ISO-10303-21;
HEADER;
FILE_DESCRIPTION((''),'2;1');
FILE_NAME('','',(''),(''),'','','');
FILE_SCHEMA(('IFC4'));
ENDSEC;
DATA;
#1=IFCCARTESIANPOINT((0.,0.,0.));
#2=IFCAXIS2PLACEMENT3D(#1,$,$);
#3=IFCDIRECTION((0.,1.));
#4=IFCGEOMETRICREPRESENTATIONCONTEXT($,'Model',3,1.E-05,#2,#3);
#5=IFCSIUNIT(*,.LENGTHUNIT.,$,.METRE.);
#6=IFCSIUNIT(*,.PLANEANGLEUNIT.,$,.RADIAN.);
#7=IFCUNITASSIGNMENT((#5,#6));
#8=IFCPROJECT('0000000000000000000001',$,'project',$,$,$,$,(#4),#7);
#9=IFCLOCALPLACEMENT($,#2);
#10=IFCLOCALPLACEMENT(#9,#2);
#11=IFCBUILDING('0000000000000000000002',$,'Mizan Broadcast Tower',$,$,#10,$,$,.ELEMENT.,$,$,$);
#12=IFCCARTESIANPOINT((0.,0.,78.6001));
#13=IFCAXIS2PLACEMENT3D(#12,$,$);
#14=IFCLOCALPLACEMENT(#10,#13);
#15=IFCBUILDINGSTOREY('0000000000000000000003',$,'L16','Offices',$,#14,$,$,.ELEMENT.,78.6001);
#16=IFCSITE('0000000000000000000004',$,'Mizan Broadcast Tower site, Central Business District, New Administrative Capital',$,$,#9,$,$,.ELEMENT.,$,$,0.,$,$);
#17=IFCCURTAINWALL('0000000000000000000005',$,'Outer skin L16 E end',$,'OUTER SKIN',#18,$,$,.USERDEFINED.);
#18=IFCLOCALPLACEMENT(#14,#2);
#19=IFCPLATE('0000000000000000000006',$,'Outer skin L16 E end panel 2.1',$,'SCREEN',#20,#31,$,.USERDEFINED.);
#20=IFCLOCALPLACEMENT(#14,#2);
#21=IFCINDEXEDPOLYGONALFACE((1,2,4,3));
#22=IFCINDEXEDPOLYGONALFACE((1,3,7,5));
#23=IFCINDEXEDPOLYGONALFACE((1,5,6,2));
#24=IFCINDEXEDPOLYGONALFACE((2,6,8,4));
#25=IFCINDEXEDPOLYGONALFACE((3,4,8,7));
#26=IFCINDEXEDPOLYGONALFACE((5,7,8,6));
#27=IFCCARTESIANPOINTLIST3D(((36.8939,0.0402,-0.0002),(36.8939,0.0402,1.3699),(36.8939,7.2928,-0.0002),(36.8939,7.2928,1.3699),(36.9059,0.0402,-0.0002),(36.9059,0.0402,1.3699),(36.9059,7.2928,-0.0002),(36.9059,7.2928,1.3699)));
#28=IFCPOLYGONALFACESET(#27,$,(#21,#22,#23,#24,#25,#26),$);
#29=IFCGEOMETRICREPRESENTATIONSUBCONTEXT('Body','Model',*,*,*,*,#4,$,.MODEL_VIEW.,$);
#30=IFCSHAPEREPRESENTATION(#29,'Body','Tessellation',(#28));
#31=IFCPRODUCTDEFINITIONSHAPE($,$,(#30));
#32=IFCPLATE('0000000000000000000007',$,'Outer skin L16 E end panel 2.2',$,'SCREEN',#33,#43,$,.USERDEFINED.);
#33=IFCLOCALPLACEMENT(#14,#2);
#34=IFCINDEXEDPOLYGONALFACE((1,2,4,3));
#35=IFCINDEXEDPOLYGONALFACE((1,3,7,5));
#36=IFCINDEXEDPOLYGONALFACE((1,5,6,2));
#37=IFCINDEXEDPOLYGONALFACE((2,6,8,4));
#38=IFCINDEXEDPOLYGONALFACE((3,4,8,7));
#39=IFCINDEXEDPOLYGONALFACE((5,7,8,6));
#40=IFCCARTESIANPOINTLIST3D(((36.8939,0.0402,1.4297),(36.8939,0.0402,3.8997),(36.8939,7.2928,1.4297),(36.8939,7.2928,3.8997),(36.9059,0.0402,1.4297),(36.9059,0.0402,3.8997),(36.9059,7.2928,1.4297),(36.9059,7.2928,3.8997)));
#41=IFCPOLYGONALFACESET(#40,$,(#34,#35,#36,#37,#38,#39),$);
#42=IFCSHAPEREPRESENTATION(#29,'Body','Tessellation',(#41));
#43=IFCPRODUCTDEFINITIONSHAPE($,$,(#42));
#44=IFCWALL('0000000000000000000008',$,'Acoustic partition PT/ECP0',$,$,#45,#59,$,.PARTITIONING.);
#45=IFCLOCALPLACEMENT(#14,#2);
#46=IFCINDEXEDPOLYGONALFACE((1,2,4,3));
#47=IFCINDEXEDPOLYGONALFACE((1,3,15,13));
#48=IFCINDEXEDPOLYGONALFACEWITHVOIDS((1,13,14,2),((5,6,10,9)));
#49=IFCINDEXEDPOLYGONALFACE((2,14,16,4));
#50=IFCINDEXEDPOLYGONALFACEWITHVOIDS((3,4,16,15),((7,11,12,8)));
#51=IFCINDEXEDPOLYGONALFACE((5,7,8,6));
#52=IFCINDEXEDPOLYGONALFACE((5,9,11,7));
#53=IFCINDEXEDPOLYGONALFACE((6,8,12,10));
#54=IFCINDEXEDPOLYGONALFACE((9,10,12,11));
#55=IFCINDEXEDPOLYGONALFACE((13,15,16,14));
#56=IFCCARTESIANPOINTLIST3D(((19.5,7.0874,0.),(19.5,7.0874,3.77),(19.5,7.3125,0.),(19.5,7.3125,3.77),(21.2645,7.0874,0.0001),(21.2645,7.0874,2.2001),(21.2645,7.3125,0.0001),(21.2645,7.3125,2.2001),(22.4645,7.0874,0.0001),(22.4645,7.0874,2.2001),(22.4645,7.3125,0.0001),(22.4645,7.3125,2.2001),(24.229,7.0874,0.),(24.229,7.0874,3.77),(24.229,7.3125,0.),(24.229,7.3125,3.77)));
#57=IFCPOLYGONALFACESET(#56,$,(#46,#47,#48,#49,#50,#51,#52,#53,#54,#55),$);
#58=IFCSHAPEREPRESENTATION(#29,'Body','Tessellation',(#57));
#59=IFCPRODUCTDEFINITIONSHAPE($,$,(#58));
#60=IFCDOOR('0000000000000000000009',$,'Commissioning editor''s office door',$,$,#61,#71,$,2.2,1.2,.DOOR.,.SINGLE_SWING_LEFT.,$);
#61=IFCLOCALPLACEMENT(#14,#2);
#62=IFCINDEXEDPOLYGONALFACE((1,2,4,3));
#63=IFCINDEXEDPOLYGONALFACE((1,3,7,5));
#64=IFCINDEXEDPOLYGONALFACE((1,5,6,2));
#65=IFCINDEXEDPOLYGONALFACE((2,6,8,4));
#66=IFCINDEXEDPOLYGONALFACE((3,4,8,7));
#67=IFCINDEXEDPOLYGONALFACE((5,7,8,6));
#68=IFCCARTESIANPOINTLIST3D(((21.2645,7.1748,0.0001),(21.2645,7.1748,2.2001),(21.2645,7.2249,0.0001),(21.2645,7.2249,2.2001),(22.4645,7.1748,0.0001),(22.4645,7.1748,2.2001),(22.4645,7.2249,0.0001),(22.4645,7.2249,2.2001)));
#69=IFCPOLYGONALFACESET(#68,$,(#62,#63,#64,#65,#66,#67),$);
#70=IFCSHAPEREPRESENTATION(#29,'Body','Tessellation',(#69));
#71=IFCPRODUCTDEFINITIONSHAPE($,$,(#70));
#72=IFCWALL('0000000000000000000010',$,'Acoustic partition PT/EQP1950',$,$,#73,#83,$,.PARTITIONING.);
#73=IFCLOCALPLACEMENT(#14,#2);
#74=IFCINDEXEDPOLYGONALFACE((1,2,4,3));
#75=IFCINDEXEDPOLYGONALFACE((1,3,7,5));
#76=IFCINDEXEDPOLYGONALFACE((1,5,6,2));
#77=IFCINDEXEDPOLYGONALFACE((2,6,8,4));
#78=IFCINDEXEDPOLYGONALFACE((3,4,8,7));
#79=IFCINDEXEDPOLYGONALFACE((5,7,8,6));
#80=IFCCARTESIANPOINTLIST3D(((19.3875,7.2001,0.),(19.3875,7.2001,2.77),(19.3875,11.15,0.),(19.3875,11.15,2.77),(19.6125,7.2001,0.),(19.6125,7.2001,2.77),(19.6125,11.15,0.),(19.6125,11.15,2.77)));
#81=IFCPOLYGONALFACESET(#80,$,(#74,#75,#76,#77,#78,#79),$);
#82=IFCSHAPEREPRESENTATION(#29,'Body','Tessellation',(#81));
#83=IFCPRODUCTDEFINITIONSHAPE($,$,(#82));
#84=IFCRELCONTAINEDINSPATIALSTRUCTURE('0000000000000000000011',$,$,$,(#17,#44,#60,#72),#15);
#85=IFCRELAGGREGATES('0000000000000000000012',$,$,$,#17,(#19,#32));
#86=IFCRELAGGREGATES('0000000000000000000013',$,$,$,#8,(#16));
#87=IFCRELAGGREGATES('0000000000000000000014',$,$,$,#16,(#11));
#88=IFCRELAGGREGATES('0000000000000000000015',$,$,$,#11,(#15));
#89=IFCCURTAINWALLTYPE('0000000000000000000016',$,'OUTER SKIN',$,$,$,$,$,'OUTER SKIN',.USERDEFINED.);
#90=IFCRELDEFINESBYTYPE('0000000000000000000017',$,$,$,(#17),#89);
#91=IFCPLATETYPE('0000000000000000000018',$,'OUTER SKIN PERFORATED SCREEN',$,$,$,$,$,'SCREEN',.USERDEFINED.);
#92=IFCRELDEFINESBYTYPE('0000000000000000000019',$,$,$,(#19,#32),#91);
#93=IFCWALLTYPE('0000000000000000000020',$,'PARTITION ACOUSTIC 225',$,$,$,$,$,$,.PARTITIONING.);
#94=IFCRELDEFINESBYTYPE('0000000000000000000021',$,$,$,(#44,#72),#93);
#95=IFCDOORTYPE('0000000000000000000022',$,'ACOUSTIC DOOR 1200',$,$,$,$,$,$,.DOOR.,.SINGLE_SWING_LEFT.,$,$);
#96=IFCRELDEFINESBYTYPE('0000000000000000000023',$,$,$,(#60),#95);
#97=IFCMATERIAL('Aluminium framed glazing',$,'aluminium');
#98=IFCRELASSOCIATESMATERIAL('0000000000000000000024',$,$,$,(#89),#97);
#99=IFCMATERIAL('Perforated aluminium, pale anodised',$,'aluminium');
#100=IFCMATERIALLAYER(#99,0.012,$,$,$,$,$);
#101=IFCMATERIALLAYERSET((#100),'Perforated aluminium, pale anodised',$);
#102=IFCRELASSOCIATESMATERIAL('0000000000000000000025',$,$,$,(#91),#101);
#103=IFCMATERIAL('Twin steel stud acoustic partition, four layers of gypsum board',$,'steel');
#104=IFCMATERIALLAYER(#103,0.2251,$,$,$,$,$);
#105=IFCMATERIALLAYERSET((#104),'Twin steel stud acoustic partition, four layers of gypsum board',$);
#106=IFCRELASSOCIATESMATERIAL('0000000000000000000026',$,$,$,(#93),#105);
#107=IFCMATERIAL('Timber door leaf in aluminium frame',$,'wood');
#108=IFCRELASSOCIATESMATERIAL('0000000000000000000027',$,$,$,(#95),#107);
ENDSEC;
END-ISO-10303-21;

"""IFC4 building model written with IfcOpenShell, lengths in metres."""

from ifc_helpers import new_model, si_unit, direction, frame, frame_2d, origin, origin_2d, place, context, subcontext, project, spatial, rectangle, extrude, material, layer, layer_set, type_object, element, fill, aggregate, save


model = new_model("IFC4")

# Units and contexts
model_context = context("Model", 3, precision=1e-05, world=origin(), true_north=direction((0.0, 1.0)))
body_context = subcontext(model_context, "Body", "Model", "MODEL_VIEW")
ifc_project = project(units=[si_unit("LENGTHUNIT", "METRE"), si_unit("PLANEANGLEUNIT", "RADIAN")], contexts=[model_context])

# Site, building, storey
site_placement = place(None, origin())
site = spatial("IfcSite", under=ifc_project, at=site_placement, Name="Mizan Broadcast Tower site, Central Business District, New Administrative Capital", CompositionType="ELEMENT", RefElevation=0.0)
building_placement = place(site_placement, origin())
building = spatial("IfcBuilding", under=site, at=building_placement, Name="Mizan Broadcast Tower", CompositionType="ELEMENT")
storey_placement = place(building_placement, frame((0.0, 0.0, 78.6001)))
storey = spatial("IfcBuildingStorey", under=building, at=storey_placement, Name="L16", Description="Offices", CompositionType="ELEMENT", Elevation=78.6001)

# Curtain wall
ifc_material_1 = material(Name="Aluminium framed glazing", Category="aluminium")
curtain_wall_type_1 = type_object("IfcCurtainWallType", Name="OUTER SKIN", ElementType="OUTER SKIN", PredefinedType="USERDEFINED", material=ifc_material_1)
curtain_wall_1_placement = place(storey_placement, origin())
curtain_wall_1 = element("IfcCurtainWall", 1, at=curtain_wall_1_placement, inside=storey, type_object=curtain_wall_type_1, Name="Outer skin L16 E end", ObjectType="OUTER SKIN", PredefinedType="USERDEFINED")

# Plates
ifc_material_2 = material(Name="Perforated aluminium, pale anodised", Category="aluminium")
ifc_layer_1 = layer(ifc_material_2, 0.012)
ifc_layer_set_1 = layer_set([ifc_layer_1], Name="Perforated aluminium, pale anodised")
plate_type_1 = type_object("IfcPlateType", Name="OUTER SKIN PERFORATED SCREEN", ElementType="SCREEN", PredefinedType="USERDEFINED", material=ifc_layer_set_1)
plate_1_placement = place(storey_placement, frame((36.8999, 3.6665, -0.0002), z_axis=(0.0, 0.0, 1.0), x_axis=(0.0, 1.0, 0.0)))
plate_1 = element("IfcPlate", 2, at=plate_1_placement, type_object=plate_type_1, Name="Outer skin L16 E end panel 2.1", ObjectType="SCREEN", PredefinedType="USERDEFINED", context=body_context, shape_type="SweptSolid", body=[
    extrude(rectangle(XDim=7.2527, YDim=0.012, at=origin_2d()), origin(), (0.0, 0.0, 1.0), 1.3701),
])
plate_2_placement = place(storey_placement, frame((36.8999, 3.6665, 1.4297), z_axis=(0.0, 0.0, 1.0), x_axis=(0.0, 1.0, 0.0)))
plate_2 = element("IfcPlate", 3, at=plate_2_placement, type_object=plate_type_1, Name="Outer skin L16 E end panel 2.2", ObjectType="SCREEN", PredefinedType="USERDEFINED", context=body_context, shape_type="SweptSolid", body=[
    extrude(rectangle(XDim=7.2527, YDim=0.012, at=origin_2d()), origin(), (0.0, 0.0, 1.0), 2.47),
])
aggregate(curtain_wall_1, [plate_1, plate_2])

# Wall, opening, door
ifc_material_3 = material(Name="Twin steel stud acoustic partition, four layers of gypsum board", Category="steel")
ifc_layer_2 = layer(ifc_material_3, 0.2251)
ifc_layer_set_2 = layer_set([ifc_layer_2], Name="Twin steel stud acoustic partition, four layers of gypsum board")
wall_type = type_object("IfcWallType", Name="PARTITION ACOUSTIC 225", PredefinedType="PARTITIONING", material=ifc_layer_set_2)
wall_1_placement = place(storey_placement, frame((19.5, 7.2, 0.0), z_axis=(0.0, 0.0, 1.0), x_axis=(1.0, 0.0, 0.0)))
wall_1 = element("IfcWall", 4, at=wall_1_placement, inside=storey, type_object=wall_type, Name="Acoustic partition PT/ECP0", PredefinedType="PARTITIONING", context=body_context, shape_type="SweptSolid", body=[
    extrude(rectangle(XDim=4.729, YDim=0.2251, at=frame_2d((2.3645, 0.0))), origin(), (0.0, 0.0, 1.0), 3.77),
])
opening_placement = place(wall_1_placement, frame((1.7644, 0.0, 0.0)))
opening = element("IfcOpeningElement", 5, at=opening_placement, cuts=wall_1, PredefinedType="OPENING", context=body_context, shape_type="SweptSolid", body=[
    extrude(rectangle(XDim=1.2, YDim=2.2, at=frame_2d((0.6001, 1.1001))), frame((0.0, 0.1226, 0.0), z_axis=(0.0, -1.0, 0.0), x_axis=(1.0, 0.0, 0.0)), (0.0, 0.0, 1.0), 0.2451),
])
ifc_material_4 = material(Name="Timber door leaf in aluminium frame", Category="wood")
door_type = type_object("IfcDoorType", Name="ACOUSTIC DOOR 1200", OperationType="SINGLE_SWING_LEFT", PredefinedType="DOOR", material=ifc_material_4)
door_placement = place(opening_placement, origin())
door = element("IfcDoor", 6, at=door_placement, inside=storey, type_object=door_type, Name="Commissioning editor's office door", OperationType="SINGLE_SWING_LEFT", OverallHeight=2.2, OverallWidth=1.2, PredefinedType="DOOR", context=body_context, shape_type="SweptSolid", body=[
    extrude(rectangle(XDim=1.2, YDim=2.2, at=frame_2d((0.6001, 1.1001))), frame((0.0, 0.0249, 0.0), z_axis=(0.0, -1.0, 0.0), x_axis=(1.0, 0.0, 0.0)), (0.0, 0.0, 1.0), 0.05),
])
fill(opening, door)

# Wall
wall_2_placement = place(storey_placement, frame((19.5, 7.2, 0.0), z_axis=(0.0, 0.0, 1.0), x_axis=(0.0, 1.0, 0.0)))
element("IfcWall", 7, at=wall_2_placement, inside=storey, type_object=wall_type, Name="Acoustic partition PT/EQP1950", PredefinedType="PARTITIONING", context=body_context, shape_type="SweptSolid", body=[
    extrude(rectangle(XDim=3.95, YDim=0.2251, at=frame_2d((1.9751, 0.0))), origin(), (0.0, 0.0, 1.0), 2.77),
])

save(model, "model.ifc")
